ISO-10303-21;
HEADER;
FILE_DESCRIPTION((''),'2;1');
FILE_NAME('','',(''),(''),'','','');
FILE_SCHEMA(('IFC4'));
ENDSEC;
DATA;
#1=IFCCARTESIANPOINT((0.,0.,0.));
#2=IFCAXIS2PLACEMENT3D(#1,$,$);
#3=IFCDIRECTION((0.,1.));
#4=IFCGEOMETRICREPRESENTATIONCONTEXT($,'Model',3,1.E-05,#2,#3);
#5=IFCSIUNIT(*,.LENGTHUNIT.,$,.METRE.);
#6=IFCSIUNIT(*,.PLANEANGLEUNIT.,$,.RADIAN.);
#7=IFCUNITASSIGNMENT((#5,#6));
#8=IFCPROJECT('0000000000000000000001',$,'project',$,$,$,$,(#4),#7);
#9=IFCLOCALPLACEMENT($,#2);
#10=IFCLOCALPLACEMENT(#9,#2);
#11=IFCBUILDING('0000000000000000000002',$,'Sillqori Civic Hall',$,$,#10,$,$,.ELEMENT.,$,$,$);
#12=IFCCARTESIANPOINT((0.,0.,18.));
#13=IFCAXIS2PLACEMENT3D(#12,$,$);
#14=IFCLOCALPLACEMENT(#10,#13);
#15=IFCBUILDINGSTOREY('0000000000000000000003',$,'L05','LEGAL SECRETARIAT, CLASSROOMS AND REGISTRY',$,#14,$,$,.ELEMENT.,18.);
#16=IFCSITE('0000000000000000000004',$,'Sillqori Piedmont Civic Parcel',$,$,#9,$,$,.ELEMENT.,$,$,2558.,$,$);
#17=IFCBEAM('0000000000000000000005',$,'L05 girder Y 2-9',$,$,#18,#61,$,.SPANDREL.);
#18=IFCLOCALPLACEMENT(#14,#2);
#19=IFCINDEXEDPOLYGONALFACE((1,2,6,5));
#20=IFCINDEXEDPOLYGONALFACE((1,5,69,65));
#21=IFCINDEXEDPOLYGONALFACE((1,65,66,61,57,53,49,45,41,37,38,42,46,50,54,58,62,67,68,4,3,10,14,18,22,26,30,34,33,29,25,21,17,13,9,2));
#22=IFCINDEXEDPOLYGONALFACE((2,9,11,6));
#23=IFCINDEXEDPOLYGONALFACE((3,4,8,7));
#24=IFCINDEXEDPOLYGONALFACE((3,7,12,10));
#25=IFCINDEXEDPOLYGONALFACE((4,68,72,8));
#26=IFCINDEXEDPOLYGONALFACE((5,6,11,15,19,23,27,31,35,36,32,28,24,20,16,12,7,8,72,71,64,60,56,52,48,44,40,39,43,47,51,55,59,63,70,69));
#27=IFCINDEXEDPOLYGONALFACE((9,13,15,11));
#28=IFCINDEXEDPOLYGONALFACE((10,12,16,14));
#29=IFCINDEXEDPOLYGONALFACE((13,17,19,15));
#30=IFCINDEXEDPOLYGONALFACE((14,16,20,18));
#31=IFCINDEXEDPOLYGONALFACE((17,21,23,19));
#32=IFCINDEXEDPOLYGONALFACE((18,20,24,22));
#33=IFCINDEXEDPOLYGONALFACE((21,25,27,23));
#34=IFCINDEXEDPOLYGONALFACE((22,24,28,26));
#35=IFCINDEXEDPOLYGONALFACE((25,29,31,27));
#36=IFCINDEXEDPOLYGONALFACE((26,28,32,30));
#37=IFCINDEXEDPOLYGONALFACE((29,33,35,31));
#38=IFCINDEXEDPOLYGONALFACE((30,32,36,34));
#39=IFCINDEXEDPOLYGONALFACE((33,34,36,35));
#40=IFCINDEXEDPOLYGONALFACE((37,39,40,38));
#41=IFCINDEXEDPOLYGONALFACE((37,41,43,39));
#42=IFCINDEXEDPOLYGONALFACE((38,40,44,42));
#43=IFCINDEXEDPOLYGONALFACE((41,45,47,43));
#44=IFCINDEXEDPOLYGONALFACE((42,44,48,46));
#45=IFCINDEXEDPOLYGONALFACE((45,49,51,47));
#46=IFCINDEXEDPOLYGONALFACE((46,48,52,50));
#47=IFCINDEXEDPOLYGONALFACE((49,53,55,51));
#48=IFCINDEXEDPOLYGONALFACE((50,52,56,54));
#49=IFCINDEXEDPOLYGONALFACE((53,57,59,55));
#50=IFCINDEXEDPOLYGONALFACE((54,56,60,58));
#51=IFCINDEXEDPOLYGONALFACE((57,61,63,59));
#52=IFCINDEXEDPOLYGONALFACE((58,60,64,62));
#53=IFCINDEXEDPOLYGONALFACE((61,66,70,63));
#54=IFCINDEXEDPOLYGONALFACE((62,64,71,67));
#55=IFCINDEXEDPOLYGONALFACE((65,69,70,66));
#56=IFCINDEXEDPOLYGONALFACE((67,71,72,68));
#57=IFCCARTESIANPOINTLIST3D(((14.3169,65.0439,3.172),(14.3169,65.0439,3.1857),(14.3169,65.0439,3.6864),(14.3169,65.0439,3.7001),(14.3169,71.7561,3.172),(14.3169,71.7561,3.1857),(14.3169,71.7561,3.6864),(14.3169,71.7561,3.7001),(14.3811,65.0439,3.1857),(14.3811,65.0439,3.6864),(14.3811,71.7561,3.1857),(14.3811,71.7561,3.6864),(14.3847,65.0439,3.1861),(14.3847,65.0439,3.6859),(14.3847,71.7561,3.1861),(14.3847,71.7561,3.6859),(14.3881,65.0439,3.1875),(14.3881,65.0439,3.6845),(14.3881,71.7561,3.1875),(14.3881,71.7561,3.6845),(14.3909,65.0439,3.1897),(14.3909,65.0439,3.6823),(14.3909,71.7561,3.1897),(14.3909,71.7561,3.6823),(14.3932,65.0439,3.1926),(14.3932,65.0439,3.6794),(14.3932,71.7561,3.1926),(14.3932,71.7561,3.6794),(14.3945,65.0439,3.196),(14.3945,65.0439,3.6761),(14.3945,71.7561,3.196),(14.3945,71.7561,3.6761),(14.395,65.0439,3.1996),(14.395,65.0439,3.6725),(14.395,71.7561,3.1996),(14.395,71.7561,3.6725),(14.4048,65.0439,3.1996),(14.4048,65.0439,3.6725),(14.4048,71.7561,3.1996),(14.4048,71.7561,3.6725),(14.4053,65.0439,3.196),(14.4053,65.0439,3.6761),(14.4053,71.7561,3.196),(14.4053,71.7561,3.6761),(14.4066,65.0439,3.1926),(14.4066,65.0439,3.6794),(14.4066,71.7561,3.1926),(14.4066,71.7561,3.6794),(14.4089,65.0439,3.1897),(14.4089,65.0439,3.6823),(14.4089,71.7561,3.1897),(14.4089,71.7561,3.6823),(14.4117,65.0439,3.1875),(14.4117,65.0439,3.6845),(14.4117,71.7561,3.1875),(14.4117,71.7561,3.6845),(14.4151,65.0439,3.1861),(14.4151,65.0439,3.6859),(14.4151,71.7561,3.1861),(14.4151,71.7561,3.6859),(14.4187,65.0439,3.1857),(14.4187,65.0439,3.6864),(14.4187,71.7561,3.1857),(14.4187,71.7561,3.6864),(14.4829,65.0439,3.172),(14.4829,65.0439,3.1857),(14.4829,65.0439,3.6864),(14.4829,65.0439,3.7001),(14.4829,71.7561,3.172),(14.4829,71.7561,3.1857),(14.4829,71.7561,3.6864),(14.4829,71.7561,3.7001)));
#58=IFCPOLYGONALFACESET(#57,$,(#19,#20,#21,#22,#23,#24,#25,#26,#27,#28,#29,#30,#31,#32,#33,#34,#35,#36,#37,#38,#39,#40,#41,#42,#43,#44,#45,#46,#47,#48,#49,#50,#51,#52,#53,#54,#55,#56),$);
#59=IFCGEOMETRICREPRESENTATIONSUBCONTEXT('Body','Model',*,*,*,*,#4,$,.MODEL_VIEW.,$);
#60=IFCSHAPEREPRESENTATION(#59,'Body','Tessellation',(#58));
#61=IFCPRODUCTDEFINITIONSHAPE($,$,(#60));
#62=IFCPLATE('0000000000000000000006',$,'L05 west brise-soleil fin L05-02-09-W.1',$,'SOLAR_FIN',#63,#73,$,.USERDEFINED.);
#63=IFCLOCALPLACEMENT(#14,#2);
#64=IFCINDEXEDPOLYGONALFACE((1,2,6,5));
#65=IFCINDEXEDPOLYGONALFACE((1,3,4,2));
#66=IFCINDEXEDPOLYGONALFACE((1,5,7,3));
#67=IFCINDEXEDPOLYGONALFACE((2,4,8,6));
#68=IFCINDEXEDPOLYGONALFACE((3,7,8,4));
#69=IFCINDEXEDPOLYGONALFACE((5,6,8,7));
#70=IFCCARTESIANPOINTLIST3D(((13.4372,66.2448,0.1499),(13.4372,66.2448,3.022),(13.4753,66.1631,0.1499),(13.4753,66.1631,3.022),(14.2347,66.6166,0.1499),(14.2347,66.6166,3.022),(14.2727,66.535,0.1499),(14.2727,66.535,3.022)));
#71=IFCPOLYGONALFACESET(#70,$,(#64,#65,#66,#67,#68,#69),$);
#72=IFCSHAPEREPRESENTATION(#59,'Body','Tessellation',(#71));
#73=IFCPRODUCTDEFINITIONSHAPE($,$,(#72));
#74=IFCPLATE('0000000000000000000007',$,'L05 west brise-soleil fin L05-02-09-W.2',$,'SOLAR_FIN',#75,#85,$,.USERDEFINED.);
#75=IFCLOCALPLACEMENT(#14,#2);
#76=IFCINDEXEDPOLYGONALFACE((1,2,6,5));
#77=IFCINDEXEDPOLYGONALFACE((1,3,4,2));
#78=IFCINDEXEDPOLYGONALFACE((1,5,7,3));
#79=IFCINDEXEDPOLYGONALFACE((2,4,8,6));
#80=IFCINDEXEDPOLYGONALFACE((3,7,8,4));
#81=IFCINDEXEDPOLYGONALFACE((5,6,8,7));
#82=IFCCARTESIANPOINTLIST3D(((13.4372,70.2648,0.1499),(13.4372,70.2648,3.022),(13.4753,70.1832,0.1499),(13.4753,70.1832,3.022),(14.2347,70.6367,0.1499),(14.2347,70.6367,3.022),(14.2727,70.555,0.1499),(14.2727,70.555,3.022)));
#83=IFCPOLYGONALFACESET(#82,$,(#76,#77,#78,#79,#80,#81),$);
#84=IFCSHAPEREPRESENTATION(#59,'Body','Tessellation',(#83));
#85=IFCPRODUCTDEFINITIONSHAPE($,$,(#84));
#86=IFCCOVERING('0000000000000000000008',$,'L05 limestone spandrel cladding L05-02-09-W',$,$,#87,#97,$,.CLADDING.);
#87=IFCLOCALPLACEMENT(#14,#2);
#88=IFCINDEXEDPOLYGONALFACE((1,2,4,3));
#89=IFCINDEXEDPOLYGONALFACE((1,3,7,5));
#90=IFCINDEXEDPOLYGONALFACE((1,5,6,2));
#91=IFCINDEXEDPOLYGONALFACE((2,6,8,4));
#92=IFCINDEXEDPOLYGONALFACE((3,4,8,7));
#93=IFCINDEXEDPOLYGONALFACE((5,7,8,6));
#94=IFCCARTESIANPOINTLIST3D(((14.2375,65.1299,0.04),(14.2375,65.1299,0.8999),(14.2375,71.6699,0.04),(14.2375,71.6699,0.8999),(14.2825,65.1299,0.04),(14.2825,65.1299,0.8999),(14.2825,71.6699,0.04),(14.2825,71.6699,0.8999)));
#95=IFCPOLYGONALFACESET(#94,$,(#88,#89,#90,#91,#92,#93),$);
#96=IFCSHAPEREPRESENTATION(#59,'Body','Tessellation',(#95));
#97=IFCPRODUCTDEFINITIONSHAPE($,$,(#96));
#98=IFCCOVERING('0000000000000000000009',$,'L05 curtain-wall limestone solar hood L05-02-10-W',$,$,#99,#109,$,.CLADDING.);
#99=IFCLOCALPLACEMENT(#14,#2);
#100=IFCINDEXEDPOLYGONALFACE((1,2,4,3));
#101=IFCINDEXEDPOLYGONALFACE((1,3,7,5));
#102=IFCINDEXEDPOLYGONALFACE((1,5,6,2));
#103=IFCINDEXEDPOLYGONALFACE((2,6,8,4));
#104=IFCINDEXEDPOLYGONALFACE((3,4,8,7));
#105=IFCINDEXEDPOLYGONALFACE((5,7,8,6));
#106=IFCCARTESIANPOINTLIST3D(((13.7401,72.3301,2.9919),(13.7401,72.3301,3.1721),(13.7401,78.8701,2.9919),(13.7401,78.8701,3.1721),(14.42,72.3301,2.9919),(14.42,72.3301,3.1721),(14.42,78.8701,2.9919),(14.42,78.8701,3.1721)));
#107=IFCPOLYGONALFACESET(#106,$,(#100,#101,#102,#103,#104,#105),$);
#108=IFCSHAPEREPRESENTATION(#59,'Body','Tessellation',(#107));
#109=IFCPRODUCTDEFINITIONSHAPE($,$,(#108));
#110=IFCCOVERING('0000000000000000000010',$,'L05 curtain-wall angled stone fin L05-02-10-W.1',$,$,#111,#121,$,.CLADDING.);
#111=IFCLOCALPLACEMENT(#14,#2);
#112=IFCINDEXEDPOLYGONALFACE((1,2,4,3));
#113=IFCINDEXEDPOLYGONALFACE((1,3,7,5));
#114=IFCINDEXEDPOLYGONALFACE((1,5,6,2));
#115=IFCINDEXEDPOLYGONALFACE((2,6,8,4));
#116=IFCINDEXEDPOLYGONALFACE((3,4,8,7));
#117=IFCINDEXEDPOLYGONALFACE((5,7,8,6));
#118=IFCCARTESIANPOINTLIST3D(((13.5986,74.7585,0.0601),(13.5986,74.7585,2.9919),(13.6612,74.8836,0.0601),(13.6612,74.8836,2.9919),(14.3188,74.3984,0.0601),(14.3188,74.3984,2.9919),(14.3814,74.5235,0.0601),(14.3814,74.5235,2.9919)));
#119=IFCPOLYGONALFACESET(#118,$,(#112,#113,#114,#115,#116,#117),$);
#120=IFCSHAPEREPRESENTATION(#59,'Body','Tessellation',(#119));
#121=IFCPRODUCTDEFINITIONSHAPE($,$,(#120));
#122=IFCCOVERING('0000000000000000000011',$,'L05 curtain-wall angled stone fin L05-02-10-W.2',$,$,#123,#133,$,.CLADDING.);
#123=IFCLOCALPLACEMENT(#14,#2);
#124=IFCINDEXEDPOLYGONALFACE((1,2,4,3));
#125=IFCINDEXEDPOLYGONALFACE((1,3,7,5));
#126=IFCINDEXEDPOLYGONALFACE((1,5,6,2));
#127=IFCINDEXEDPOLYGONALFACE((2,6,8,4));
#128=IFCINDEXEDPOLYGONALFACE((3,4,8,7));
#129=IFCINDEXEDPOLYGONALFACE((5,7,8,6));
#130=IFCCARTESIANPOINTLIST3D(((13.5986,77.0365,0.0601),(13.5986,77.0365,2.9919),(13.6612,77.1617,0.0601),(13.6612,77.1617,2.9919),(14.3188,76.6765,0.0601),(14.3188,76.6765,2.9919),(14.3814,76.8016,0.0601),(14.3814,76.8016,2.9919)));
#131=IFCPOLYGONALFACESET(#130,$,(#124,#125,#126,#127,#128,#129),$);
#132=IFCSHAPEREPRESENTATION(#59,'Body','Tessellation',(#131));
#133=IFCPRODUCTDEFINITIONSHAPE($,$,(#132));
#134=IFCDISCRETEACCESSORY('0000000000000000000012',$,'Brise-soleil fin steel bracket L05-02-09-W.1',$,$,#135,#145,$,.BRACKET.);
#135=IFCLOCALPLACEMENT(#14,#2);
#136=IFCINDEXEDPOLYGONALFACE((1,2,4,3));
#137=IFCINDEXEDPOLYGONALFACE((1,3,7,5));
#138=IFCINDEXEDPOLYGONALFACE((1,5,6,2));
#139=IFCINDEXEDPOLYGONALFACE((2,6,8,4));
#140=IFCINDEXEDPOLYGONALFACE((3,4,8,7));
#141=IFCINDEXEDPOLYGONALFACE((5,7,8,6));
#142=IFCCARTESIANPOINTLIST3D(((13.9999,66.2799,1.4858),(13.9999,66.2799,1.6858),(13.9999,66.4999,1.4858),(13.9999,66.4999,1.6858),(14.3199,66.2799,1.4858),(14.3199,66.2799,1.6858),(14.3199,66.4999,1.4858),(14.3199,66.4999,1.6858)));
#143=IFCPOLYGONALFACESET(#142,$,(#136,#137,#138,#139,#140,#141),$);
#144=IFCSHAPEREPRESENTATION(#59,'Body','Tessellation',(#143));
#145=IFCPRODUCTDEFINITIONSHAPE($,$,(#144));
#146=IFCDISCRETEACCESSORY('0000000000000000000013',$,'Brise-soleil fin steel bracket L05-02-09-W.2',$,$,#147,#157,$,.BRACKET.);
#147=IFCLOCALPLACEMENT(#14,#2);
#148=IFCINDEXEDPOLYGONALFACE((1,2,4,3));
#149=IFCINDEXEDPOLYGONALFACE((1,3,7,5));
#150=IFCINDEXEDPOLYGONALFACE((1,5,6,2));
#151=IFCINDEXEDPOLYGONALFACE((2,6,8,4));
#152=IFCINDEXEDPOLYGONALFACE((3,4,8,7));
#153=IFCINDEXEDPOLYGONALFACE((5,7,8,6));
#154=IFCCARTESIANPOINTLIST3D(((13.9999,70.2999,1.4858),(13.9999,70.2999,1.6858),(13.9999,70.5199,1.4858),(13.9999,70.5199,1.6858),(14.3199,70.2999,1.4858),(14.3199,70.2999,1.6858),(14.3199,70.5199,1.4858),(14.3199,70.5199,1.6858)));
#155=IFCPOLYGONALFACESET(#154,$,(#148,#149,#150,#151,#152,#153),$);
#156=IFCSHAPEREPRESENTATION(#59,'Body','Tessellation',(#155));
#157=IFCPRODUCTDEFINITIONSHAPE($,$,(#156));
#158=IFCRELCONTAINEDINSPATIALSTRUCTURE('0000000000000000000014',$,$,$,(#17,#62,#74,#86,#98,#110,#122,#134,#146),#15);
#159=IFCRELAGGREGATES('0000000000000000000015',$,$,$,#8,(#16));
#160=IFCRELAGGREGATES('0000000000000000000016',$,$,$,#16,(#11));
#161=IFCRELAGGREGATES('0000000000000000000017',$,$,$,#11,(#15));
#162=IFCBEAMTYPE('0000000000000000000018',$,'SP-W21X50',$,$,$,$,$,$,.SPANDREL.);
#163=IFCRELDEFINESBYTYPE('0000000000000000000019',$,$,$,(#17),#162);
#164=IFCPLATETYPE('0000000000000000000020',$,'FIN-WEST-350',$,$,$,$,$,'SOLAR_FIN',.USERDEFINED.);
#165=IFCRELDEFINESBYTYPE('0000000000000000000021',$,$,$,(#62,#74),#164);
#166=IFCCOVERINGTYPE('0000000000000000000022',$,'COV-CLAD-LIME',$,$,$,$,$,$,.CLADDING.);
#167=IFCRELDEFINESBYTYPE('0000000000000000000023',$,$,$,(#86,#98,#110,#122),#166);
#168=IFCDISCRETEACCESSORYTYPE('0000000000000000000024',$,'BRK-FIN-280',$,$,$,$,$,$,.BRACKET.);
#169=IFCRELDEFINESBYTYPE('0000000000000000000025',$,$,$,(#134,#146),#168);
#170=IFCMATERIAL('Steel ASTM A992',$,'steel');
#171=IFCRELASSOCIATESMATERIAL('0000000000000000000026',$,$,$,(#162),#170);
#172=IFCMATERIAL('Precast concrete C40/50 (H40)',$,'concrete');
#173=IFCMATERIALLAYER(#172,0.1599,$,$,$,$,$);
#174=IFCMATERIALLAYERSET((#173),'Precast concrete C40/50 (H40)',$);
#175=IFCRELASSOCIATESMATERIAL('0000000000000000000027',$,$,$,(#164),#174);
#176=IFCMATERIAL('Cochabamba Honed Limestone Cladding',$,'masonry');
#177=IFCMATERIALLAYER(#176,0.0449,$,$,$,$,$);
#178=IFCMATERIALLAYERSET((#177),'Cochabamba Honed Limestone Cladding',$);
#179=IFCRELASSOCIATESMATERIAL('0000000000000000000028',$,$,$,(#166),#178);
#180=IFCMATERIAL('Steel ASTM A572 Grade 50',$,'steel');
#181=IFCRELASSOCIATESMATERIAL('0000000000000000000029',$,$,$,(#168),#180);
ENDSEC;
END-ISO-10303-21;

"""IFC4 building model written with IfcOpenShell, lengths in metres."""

from ifc_helpers import new_model, si_unit, direction, frame, frame_2d, origin, origin_2d, place, context, subcontext, project, spatial, rectangle, i_section, extrude, material, layer, layer_set, material_profile, profile_set, type_object, element, save


model = new_model("IFC4")

# Units and contexts
model_context = context("Model", 3, precision=1e-05, world=origin(), true_north=direction((0.0, 1.0)))
body_context = subcontext(model_context, "Body", "Model", "MODEL_VIEW")
ifc_project = project(units=[si_unit("LENGTHUNIT", "METRE"), si_unit("PLANEANGLEUNIT", "RADIAN")], contexts=[model_context])

# Site, building, storey
site_placement = place(None, origin())
site = spatial("IfcSite", under=ifc_project, at=site_placement, Name="Sillqori Piedmont Civic Parcel", CompositionType="ELEMENT", RefElevation=2558.0)
building_placement = place(site_placement, origin())
building = spatial("IfcBuilding", under=site, at=building_placement, Name="Sillqori Civic Hall", CompositionType="ELEMENT")
storey_placement = place(building_placement, frame((0.0, 0.0, 18.0)))
storey = spatial("IfcBuildingStorey", under=building, at=storey_placement, Name="L05", Description="LEGAL SECRETARIAT, CLASSROOMS AND REGISTRY", CompositionType="ELEMENT", Elevation=18.0)

# Beam
ifc_material_1 = material(Name="Steel ASTM A992", Category="steel")
ifc_material_profile = material_profile(ifc_material_1, i_section(OverallWidth=0.166, OverallDepth=0.5281, WebThickness=0.0098, FlangeThickness=0.0137, FilletRadius=0.0139, at=origin_2d()), Name="W21X50")
ifc_profile_set = profile_set([ifc_material_profile], Name="Steel ASTM A992")
beam_type = type_object("IfcBeamType", Name="SP-W21X50", PredefinedType="SPANDREL", material=ifc_profile_set)
beam_placement = place(storey_placement, frame((14.3999, 65.0439, 3.436), z_axis=(0.0, 1.0, 0.0), x_axis=(-1.0, 0.0, 0.0)))
element("IfcBeam", 1, at=beam_placement, inside=storey, type_object=beam_type, Name="L05 girder Y 2-9", PredefinedType="SPANDREL", context=body_context, shape_type="SweptSolid", body=[
    extrude(i_section(OverallWidth=0.166, OverallDepth=0.5281, WebThickness=0.0098, FlangeThickness=0.0137, FilletRadius=0.0139, at=origin_2d()), origin(), (0.0, 0.0, 1.0), 6.7122),
])

# Plates
ifc_material_2 = material(Name="Precast concrete C40/50 (H40)", Category="concrete")
ifc_layer_1 = layer(ifc_material_2, 0.1599)
ifc_layer_set_1 = layer_set([ifc_layer_1], Name="Precast concrete C40/50 (H40)")
plate_type = type_object("IfcPlateType", Name="FIN-WEST-350", ElementType="SOLAR_FIN", PredefinedType="USERDEFINED", material=ifc_layer_set_1)
for number, where, z_axis, x_axis, name in (
    (2, (13.855, 66.3899, 0.1499), (0.0, 0.0, 1.0), (-0.422618, 0.906308, 0.0), "L05 west brise-soleil fin L05-02-09-W.1"),
    (3, (13.855, 70.4099, 0.1499), (0.0, 0.0, 1.0), (-0.422618, 0.906308, 0.0), "L05 west brise-soleil fin L05-02-09-W.2"),
):
    element("IfcPlate", number, at=place(storey_placement, frame(where, z_axis=z_axis, x_axis=x_axis)), inside=storey, type_object=plate_type, Name=name, ObjectType="SOLAR_FIN", PredefinedType="USERDEFINED", context=body_context, shape_type="SweptSolid", body=[
        extrude(rectangle(XDim=0.0901, YDim=0.8799, at=origin_2d()), origin(), (0.0, 0.0, 1.0), 2.8721),
    ])

# Coverings
ifc_material_3 = material(Name="Cochabamba Honed Limestone Cladding", Category="masonry")
ifc_layer_2 = layer(ifc_material_3, 0.0449)
ifc_layer_set_2 = layer_set([ifc_layer_2], Name="Cochabamba Honed Limestone Cladding")
covering_type = type_object("IfcCoveringType", Name="COV-CLAD-LIME", PredefinedType="CLADDING", material=ifc_layer_set_2)
covering_1_placement = place(storey_placement, frame((14.26, 65.1299, 0.04), z_axis=(0.0, 0.0, 1.0), x_axis=(0.0, 1.0, 0.0)))
element("IfcCovering", 4, at=covering_1_placement, inside=storey, type_object=covering_type, Name="L05 limestone spandrel cladding L05-02-09-W", PredefinedType="CLADDING", context=body_context, shape_type="SweptSolid", body=[
    extrude(rectangle(XDim=6.54, YDim=0.0449, at=frame_2d((3.27, 0.0))), origin(), (0.0, 0.0, 1.0), 0.8599),
])
covering_2_placement = place(storey_placement, frame((14.0801, 72.3301, 2.9919), z_axis=(0.0, 0.0, 1.0), x_axis=(0.0, 1.0, 0.0)))
element("IfcCovering", 5, at=covering_2_placement, inside=storey, type_object=covering_type, Name="L05 curtain-wall limestone solar hood L05-02-10-W", PredefinedType="CLADDING", context=body_context, shape_type="SweptSolid", body=[
    extrude(rectangle(XDim=6.54, YDim=0.6799, at=frame_2d((3.27, 0.0))), origin(), (0.0, 0.0, 1.0), 0.1802),
])
for number, where, z_axis, x_axis, name in (
    (6, (14.3501, 74.4609, 0.0601), (0.0, 0.0, 1.0), (-0.894427, 0.447214, 0.0), "L05 curtain-wall angled stone fin L05-02-10-W.1"),
    (7, (14.3501, 76.739, 0.0601), (0.0, 0.0, 1.0), (-0.894427, 0.447214, 0.0), "L05 curtain-wall angled stone fin L05-02-10-W.2"),
):
    element("IfcCovering", number, at=place(storey_placement, frame(where, z_axis=z_axis, x_axis=x_axis)), inside=storey, type_object=covering_type, Name=name, PredefinedType="CLADDING", context=body_context, shape_type="SweptSolid", body=[
        extrude(rectangle(XDim=0.8052, YDim=0.1399, at=frame_2d((0.4026, 0.0))), origin(), (0.0, 0.0, 1.0), 2.9319),
    ])

# Discrete accessories
ifc_material_4 = material(Name="Steel ASTM A572 Grade 50", Category="steel")
discrete_accessory_type = type_object("IfcDiscreteAccessoryType", Name="BRK-FIN-280", PredefinedType="BRACKET", material=ifc_material_4)
for number, where, z_axis, x_axis, name in (
    (8, (14.1599, 66.3899, 1.4858), (0.0, 0.0, 1.0), (0.0, 1.0, 0.0), "Brise-soleil fin steel bracket L05-02-09-W.1"),
    (9, (14.1599, 70.4099, 1.4858), (0.0, 0.0, 1.0), (0.0, 1.0, 0.0), "Brise-soleil fin steel bracket L05-02-09-W.2"),
):
    element("IfcDiscreteAccessory", number, at=place(storey_placement, frame(where, z_axis=z_axis, x_axis=x_axis)), inside=storey, type_object=discrete_accessory_type, Name=name, PredefinedType="BRACKET", context=body_context, shape_type="SweptSolid", body=[
        extrude(rectangle(XDim=0.22, YDim=0.3201, at=origin_2d()), origin(), (0.0, 0.0, 1.0), 0.2),
    ])

save(model, "model.ifc")
